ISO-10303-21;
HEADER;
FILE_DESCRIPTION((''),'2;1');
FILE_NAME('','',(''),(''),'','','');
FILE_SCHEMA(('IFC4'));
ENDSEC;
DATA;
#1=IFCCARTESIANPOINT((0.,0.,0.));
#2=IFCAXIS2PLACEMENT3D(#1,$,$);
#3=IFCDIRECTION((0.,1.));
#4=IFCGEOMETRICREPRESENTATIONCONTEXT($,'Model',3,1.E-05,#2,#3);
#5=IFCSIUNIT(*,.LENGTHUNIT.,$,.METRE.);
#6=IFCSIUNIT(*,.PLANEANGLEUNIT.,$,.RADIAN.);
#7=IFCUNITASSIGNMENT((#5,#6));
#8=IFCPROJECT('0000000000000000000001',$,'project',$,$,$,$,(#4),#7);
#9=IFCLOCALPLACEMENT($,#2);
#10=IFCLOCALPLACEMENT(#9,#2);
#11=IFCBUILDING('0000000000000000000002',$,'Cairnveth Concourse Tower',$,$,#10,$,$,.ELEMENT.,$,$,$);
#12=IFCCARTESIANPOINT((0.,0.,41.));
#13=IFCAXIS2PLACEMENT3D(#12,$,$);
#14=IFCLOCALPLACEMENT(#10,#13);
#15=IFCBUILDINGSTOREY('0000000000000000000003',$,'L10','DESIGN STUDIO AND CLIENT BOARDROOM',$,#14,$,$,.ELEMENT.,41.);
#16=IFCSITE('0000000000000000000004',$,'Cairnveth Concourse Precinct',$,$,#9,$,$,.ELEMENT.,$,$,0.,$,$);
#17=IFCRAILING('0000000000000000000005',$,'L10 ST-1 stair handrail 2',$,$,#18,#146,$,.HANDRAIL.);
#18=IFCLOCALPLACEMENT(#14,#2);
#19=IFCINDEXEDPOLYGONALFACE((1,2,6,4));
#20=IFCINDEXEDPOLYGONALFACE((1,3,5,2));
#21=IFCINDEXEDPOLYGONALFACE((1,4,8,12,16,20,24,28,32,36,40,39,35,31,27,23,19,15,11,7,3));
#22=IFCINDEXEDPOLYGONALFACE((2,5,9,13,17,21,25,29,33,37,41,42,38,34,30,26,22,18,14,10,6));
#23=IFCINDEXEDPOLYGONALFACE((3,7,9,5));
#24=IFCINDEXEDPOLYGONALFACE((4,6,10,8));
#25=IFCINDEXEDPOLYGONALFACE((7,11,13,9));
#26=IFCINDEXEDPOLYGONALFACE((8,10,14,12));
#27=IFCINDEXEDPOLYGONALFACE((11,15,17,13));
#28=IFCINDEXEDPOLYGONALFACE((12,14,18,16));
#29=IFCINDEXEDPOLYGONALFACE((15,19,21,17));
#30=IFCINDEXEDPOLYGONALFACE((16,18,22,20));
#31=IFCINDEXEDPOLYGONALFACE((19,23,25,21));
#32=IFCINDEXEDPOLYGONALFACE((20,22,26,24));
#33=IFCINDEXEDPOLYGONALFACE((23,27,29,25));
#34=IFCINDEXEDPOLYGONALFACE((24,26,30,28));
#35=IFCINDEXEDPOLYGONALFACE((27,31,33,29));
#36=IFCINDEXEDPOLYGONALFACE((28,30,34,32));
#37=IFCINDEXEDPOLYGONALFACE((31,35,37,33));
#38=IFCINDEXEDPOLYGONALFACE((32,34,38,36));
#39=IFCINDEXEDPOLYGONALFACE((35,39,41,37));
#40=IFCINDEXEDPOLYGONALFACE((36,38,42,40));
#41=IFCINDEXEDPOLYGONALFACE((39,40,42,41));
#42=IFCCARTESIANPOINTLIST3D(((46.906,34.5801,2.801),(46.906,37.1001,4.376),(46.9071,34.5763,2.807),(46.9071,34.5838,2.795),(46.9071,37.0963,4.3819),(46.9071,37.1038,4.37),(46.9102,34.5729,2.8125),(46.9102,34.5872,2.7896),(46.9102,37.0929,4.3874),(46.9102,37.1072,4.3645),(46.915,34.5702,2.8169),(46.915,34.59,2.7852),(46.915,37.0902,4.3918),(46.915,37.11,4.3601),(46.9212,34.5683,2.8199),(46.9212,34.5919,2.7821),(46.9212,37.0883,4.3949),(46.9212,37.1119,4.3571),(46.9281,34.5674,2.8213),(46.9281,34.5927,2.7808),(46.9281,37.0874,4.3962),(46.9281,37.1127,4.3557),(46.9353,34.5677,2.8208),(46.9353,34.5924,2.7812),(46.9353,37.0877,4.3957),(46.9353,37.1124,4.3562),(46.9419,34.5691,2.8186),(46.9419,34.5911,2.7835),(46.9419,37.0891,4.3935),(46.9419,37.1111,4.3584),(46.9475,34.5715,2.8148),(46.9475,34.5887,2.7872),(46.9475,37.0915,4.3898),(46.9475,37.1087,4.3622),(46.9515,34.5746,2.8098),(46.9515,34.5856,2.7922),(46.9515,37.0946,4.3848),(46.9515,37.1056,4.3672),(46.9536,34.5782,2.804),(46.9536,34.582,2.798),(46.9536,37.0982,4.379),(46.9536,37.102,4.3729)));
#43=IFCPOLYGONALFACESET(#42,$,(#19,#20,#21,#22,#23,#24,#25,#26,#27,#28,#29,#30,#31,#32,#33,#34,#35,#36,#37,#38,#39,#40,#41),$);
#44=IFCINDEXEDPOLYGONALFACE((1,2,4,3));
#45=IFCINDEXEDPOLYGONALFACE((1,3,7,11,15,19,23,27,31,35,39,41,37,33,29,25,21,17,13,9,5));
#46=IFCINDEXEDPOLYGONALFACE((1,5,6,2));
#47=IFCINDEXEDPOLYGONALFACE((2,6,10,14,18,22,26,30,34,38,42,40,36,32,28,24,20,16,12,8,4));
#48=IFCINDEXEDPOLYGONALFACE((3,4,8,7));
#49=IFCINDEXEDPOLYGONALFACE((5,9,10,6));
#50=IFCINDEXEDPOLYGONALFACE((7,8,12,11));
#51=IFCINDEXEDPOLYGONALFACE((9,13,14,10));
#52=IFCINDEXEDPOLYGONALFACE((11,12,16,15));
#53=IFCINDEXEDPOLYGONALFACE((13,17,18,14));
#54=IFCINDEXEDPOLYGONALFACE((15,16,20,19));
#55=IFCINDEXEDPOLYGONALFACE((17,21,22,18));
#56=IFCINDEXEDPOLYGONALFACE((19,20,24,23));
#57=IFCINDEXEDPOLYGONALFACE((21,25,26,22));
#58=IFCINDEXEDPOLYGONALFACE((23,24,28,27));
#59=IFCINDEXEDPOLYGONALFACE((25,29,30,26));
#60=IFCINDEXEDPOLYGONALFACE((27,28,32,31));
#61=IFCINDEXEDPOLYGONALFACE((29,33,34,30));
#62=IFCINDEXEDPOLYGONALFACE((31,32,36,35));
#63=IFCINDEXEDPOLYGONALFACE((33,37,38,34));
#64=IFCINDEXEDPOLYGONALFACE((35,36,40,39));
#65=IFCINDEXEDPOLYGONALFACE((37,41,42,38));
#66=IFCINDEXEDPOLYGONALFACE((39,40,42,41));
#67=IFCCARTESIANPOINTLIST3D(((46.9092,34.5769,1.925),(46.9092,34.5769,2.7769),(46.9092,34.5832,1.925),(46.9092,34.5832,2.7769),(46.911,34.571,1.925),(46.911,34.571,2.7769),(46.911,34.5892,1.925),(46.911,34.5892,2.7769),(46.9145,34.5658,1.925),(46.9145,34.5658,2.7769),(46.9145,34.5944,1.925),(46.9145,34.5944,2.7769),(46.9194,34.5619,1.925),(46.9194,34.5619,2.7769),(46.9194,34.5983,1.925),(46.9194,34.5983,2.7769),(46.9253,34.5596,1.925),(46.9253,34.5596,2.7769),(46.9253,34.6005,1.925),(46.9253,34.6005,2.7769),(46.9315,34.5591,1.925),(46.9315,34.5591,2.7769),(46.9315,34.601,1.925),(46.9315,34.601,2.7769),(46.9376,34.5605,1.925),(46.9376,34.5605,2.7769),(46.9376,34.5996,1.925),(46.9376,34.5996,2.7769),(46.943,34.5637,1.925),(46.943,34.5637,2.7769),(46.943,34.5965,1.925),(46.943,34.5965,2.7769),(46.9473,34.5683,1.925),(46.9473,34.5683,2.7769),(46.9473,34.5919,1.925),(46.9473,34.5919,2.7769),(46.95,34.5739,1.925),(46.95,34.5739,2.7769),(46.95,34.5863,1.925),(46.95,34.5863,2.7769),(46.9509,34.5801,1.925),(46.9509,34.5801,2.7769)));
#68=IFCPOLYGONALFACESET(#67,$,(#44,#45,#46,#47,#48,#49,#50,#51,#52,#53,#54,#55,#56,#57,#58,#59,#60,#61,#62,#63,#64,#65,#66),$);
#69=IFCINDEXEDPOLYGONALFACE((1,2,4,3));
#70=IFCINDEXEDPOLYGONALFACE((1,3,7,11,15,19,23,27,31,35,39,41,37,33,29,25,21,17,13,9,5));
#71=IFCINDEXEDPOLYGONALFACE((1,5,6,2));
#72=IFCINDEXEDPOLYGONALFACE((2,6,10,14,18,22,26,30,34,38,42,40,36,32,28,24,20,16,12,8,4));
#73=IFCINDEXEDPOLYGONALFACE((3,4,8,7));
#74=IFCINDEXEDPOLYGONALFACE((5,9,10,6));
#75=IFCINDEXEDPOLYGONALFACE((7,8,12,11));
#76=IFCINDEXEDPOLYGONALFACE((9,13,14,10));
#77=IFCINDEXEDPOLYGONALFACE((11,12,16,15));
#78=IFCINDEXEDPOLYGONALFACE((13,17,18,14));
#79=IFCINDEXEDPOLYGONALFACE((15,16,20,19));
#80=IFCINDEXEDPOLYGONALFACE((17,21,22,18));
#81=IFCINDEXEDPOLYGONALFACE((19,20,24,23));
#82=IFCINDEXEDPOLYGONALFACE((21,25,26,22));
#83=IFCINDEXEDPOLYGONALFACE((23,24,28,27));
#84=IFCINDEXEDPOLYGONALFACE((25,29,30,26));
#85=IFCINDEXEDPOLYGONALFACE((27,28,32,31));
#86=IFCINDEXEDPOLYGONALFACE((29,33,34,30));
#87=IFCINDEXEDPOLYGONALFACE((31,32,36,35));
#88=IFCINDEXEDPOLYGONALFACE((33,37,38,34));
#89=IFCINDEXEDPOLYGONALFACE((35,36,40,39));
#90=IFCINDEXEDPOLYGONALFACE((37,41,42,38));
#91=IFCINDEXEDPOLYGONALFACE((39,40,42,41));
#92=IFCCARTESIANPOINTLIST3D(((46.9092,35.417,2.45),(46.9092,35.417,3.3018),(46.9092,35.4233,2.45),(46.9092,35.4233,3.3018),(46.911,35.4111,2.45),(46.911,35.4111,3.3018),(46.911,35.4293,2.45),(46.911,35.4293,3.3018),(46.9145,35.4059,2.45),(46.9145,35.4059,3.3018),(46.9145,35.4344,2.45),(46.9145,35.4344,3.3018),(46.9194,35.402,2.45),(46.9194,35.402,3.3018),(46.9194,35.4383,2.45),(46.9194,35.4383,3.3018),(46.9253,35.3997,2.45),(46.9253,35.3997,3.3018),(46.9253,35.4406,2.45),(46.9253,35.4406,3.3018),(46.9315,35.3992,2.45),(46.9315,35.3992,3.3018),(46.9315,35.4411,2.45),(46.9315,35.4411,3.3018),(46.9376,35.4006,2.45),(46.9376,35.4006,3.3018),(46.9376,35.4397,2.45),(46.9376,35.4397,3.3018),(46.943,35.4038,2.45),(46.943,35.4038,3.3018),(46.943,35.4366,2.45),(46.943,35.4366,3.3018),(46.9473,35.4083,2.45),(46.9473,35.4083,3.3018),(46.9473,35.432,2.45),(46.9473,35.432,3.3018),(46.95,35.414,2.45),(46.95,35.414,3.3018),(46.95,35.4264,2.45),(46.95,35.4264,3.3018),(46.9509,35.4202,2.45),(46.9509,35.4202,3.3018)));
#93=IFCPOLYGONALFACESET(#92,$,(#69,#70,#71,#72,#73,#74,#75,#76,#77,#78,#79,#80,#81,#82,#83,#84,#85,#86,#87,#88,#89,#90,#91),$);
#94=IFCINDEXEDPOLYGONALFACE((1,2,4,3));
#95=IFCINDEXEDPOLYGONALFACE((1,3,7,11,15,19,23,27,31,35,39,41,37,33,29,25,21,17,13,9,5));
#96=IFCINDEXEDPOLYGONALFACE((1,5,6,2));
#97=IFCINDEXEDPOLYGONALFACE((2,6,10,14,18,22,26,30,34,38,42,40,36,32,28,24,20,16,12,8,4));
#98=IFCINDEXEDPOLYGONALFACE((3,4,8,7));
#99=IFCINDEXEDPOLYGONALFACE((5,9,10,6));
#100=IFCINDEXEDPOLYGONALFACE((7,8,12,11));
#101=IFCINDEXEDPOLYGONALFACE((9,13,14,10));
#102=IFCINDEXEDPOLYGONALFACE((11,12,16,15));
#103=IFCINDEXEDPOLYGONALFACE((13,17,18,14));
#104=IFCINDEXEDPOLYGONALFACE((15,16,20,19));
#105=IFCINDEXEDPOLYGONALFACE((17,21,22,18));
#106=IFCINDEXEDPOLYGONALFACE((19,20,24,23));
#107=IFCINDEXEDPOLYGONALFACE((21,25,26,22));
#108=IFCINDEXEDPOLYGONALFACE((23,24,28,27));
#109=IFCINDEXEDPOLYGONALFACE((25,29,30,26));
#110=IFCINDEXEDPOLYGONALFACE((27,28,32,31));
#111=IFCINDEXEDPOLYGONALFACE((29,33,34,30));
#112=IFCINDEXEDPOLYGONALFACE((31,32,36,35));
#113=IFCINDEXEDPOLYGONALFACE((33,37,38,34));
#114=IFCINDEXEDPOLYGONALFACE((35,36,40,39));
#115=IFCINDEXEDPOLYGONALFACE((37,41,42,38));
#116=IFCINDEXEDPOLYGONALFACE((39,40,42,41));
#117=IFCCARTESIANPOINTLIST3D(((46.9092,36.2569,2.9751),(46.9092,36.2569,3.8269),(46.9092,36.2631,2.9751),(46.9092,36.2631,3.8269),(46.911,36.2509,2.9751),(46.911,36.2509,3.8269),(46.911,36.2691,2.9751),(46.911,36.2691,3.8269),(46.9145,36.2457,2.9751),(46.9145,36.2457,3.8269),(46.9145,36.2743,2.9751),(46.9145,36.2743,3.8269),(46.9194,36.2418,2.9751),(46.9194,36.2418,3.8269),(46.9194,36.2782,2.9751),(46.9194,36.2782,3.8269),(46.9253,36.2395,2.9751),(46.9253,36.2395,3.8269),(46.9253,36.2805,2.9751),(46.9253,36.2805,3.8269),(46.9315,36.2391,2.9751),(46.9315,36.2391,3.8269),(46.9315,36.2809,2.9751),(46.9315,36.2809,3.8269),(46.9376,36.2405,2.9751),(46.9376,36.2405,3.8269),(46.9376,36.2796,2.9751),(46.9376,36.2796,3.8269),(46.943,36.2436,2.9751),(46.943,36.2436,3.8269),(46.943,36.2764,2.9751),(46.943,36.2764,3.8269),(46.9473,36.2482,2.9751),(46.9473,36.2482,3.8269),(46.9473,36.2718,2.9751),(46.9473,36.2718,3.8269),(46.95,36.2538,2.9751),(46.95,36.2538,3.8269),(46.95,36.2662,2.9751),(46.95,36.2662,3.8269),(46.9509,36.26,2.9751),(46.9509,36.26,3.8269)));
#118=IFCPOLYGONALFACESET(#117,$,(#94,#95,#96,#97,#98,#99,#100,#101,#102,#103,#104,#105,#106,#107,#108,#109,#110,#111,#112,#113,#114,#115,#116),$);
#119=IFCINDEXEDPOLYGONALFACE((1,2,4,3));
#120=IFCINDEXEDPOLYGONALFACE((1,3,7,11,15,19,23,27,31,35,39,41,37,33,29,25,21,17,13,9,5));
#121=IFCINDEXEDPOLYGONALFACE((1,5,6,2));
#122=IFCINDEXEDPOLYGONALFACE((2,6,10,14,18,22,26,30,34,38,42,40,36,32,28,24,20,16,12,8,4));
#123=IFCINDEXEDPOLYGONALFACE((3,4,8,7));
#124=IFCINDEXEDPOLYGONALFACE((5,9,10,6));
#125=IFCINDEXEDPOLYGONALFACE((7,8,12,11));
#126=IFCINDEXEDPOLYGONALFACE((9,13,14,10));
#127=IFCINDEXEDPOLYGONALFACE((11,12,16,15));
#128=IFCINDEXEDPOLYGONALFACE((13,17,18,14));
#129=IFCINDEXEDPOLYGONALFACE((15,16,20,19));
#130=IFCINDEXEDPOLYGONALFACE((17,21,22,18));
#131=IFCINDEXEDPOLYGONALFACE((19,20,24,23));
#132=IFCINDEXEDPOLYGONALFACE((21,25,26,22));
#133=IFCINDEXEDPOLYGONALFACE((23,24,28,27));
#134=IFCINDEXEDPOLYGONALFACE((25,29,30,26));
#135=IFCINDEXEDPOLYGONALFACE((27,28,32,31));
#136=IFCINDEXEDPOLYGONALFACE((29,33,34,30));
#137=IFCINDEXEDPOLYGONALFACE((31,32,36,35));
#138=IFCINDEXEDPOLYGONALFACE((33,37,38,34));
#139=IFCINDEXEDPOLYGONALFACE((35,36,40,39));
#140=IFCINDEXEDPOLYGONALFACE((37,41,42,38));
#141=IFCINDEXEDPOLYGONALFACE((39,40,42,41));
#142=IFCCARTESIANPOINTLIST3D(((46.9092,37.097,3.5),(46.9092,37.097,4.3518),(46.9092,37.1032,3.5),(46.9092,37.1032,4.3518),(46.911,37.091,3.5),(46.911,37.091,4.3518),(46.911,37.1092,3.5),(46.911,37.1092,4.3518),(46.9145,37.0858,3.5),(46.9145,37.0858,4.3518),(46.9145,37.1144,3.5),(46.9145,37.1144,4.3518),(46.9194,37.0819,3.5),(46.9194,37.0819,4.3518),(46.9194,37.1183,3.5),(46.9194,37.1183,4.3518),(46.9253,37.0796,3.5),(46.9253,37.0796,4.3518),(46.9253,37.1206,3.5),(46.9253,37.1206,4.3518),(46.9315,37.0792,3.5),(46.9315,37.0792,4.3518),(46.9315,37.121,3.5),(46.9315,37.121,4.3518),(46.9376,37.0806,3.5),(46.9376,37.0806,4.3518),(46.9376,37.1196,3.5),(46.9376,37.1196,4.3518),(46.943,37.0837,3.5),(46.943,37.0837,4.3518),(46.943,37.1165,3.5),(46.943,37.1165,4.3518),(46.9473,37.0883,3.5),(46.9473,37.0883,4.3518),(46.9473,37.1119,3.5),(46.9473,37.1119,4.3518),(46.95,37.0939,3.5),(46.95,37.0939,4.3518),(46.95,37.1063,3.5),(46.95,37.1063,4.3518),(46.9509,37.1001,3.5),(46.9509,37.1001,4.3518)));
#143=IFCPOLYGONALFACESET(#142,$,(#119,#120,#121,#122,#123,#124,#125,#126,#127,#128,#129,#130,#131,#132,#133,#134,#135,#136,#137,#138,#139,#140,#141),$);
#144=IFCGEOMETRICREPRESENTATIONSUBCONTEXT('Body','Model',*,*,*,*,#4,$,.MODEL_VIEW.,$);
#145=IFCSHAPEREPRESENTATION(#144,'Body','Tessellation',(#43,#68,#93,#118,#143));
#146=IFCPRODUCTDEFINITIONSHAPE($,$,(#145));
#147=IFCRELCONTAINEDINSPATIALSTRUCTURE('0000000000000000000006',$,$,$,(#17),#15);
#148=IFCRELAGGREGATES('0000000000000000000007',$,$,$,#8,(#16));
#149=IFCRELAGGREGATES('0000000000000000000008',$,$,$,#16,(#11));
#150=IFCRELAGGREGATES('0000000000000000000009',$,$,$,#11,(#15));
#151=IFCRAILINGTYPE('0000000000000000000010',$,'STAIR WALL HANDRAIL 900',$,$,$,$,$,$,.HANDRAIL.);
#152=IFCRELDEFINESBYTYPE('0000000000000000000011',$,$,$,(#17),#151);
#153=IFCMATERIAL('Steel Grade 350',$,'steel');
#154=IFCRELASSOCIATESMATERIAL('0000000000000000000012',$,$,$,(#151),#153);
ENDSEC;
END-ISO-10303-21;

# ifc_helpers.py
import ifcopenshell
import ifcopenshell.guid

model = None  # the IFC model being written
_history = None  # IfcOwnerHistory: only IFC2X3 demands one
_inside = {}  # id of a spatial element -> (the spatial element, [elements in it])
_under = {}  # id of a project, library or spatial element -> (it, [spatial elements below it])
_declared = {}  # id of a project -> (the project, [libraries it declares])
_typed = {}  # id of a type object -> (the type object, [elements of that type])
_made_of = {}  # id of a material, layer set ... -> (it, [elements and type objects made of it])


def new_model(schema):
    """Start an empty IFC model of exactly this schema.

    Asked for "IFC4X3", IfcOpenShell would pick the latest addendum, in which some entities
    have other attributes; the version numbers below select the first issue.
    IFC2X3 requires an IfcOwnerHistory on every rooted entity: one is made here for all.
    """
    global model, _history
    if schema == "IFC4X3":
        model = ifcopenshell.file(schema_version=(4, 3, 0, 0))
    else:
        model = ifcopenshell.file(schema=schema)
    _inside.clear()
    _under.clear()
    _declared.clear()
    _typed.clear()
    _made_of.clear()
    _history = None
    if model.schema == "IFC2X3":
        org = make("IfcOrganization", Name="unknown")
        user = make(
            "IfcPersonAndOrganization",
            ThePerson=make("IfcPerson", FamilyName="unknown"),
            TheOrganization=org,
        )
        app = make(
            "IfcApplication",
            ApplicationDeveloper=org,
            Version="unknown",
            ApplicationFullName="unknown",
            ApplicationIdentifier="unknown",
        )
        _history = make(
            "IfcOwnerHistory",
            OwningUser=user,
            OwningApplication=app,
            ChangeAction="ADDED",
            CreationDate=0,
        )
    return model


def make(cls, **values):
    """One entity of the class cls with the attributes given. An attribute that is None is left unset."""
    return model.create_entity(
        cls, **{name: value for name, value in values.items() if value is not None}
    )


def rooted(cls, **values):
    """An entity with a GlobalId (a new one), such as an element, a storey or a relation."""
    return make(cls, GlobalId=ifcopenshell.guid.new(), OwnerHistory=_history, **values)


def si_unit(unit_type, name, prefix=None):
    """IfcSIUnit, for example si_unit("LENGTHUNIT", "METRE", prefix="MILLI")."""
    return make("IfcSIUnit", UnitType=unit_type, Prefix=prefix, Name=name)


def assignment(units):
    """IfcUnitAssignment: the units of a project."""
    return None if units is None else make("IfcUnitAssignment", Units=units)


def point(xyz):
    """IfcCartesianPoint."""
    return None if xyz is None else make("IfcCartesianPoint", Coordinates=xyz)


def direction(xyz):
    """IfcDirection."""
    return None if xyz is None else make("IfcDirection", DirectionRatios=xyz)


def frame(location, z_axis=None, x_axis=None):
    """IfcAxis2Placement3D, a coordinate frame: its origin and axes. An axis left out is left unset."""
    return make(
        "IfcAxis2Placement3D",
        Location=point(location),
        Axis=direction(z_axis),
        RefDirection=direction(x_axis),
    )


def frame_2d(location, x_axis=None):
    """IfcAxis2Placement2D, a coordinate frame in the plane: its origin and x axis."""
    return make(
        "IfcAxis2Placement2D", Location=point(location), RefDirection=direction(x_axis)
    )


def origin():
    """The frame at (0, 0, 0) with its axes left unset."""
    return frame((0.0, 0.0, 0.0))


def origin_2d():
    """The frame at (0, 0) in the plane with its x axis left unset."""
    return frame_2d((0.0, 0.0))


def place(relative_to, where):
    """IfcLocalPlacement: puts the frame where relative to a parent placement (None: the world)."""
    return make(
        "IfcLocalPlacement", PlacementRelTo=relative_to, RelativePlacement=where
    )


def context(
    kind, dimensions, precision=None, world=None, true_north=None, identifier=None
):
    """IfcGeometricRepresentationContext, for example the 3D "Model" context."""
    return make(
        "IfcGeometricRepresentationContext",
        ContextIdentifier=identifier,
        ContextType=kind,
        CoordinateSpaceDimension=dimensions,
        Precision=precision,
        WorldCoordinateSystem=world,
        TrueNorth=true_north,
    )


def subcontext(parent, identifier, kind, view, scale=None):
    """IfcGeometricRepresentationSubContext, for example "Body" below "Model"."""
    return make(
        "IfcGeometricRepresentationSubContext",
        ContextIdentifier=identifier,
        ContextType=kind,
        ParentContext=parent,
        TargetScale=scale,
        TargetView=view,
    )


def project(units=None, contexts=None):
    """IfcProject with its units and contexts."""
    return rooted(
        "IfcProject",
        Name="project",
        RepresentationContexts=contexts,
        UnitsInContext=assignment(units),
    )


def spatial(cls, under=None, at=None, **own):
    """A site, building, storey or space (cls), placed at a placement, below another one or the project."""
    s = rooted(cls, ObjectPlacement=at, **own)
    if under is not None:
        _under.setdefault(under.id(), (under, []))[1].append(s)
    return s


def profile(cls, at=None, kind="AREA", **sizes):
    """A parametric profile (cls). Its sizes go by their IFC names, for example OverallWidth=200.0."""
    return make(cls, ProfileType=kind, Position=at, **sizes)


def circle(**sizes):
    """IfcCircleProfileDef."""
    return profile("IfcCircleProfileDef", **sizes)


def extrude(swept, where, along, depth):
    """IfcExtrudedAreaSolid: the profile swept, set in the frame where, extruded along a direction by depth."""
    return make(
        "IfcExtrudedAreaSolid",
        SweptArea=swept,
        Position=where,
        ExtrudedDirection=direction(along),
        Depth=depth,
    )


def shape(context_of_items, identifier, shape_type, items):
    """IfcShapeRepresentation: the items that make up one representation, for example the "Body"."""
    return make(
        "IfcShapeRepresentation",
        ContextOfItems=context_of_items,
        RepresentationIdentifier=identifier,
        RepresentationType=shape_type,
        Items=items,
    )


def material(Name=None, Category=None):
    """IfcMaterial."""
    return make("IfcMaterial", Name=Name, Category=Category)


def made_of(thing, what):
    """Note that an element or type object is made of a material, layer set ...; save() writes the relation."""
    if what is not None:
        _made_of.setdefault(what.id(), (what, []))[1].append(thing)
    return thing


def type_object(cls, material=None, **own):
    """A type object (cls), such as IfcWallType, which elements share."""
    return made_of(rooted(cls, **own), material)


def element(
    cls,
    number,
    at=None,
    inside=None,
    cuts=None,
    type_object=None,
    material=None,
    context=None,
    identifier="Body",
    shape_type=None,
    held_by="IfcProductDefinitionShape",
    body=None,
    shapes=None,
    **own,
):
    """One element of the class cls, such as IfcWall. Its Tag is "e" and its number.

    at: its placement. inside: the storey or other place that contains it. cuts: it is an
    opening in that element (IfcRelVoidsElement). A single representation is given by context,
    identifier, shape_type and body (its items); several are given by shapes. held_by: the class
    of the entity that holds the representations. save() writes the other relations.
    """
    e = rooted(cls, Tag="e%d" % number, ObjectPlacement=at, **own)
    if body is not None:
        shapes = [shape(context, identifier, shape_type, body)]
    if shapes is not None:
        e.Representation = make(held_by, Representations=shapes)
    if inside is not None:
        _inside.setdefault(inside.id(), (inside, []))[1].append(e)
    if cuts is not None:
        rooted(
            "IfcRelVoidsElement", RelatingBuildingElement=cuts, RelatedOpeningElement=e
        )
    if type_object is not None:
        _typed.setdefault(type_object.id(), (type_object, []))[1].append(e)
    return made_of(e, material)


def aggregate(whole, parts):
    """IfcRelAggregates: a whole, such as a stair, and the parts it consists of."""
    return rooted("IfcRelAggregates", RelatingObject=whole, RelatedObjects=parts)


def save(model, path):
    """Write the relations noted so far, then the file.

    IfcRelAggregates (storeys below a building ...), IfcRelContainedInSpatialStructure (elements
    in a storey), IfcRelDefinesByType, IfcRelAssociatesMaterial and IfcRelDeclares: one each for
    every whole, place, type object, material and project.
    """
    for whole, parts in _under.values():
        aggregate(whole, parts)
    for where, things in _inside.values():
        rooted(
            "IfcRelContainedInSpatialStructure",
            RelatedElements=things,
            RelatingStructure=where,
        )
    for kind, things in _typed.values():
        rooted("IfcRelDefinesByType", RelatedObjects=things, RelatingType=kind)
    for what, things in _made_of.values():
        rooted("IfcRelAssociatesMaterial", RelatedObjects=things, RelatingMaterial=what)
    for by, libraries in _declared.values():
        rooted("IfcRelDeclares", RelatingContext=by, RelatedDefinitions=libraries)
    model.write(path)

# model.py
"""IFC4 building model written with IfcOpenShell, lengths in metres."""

from ifc_helpers import new_model, si_unit, direction, frame, origin, origin_2d, place, context, subcontext, project, spatial, circle, extrude, material, type_object, element, save


model = new_model("IFC4")

# Units and contexts
model_context = context("Model", 3, precision=1e-05, world=origin(), true_north=direction((0.0, 1.0)))
body_context = subcontext(model_context, "Body", "Model", "MODEL_VIEW")
ifc_project = project(units=[si_unit("LENGTHUNIT", "METRE"), si_unit("PLANEANGLEUNIT", "RADIAN")], contexts=[model_context])

# Site, building, storey
site_placement = place(None, origin())
site = spatial("IfcSite", under=ifc_project, at=site_placement, Name="Cairnveth Concourse Precinct", CompositionType="ELEMENT", RefElevation=0.0)
building_placement = place(site_placement, origin())
building = spatial("IfcBuilding", under=site, at=building_placement, Name="Cairnveth Concourse Tower", CompositionType="ELEMENT")
storey_placement = place(building_placement, frame((0.0, 0.0, 41.0)))
storey = spatial("IfcBuildingStorey", under=building, at=storey_placement, Name="L10", Description="DESIGN STUDIO AND CLIENT BOARDROOM", CompositionType="ELEMENT", Elevation=41.0)

# Railing
ifc_material_1 = material(Name="Steel Grade 350", Category="steel")
railing_type_1 = type_object("IfcRailingType", Name="STAIR WALL HANDRAIL 900", PredefinedType="HANDRAIL", material=ifc_material_1)
railing_1_placement = place(storey_placement, frame((46.9299, 34.5801, 1.925)))
element("IfcRailing", 1, at=railing_1_placement, inside=storey, type_object=railing_type_1, Name="L10 ST-1 stair handrail 2", PredefinedType="HANDRAIL", context=body_context, shape_type="SweptSolid", body=[
    extrude(circle(Radius=0.0239, at=origin_2d()), frame((0.0, 0.0, 0.876), z_axis=(0.0, 0.848008, 0.529984), x_axis=(-1.0, 0.0, 0.0)), (0.0, 0.0, 1.0), 2.9717),
    extrude(circle(Radius=0.021, at=origin_2d()), origin(), (0.0, 0.0, 1.0), 0.8518),
    extrude(circle(Radius=0.021, at=origin_2d()), frame((0.0, 0.8401, 0.5249)), (0.0, 0.0, 1.0), 0.8518),
    extrude(circle(Radius=0.021, at=origin_2d()), frame((0.0, 1.6799, 1.05)), (0.0, 0.0, 1.0), 0.8518),
    extrude(circle(Radius=0.021, at=origin_2d()), frame((0.0, 2.52, 1.575)), (0.0, 0.0, 1.0), 0.8518),
])

save(model, "model.ifc")
